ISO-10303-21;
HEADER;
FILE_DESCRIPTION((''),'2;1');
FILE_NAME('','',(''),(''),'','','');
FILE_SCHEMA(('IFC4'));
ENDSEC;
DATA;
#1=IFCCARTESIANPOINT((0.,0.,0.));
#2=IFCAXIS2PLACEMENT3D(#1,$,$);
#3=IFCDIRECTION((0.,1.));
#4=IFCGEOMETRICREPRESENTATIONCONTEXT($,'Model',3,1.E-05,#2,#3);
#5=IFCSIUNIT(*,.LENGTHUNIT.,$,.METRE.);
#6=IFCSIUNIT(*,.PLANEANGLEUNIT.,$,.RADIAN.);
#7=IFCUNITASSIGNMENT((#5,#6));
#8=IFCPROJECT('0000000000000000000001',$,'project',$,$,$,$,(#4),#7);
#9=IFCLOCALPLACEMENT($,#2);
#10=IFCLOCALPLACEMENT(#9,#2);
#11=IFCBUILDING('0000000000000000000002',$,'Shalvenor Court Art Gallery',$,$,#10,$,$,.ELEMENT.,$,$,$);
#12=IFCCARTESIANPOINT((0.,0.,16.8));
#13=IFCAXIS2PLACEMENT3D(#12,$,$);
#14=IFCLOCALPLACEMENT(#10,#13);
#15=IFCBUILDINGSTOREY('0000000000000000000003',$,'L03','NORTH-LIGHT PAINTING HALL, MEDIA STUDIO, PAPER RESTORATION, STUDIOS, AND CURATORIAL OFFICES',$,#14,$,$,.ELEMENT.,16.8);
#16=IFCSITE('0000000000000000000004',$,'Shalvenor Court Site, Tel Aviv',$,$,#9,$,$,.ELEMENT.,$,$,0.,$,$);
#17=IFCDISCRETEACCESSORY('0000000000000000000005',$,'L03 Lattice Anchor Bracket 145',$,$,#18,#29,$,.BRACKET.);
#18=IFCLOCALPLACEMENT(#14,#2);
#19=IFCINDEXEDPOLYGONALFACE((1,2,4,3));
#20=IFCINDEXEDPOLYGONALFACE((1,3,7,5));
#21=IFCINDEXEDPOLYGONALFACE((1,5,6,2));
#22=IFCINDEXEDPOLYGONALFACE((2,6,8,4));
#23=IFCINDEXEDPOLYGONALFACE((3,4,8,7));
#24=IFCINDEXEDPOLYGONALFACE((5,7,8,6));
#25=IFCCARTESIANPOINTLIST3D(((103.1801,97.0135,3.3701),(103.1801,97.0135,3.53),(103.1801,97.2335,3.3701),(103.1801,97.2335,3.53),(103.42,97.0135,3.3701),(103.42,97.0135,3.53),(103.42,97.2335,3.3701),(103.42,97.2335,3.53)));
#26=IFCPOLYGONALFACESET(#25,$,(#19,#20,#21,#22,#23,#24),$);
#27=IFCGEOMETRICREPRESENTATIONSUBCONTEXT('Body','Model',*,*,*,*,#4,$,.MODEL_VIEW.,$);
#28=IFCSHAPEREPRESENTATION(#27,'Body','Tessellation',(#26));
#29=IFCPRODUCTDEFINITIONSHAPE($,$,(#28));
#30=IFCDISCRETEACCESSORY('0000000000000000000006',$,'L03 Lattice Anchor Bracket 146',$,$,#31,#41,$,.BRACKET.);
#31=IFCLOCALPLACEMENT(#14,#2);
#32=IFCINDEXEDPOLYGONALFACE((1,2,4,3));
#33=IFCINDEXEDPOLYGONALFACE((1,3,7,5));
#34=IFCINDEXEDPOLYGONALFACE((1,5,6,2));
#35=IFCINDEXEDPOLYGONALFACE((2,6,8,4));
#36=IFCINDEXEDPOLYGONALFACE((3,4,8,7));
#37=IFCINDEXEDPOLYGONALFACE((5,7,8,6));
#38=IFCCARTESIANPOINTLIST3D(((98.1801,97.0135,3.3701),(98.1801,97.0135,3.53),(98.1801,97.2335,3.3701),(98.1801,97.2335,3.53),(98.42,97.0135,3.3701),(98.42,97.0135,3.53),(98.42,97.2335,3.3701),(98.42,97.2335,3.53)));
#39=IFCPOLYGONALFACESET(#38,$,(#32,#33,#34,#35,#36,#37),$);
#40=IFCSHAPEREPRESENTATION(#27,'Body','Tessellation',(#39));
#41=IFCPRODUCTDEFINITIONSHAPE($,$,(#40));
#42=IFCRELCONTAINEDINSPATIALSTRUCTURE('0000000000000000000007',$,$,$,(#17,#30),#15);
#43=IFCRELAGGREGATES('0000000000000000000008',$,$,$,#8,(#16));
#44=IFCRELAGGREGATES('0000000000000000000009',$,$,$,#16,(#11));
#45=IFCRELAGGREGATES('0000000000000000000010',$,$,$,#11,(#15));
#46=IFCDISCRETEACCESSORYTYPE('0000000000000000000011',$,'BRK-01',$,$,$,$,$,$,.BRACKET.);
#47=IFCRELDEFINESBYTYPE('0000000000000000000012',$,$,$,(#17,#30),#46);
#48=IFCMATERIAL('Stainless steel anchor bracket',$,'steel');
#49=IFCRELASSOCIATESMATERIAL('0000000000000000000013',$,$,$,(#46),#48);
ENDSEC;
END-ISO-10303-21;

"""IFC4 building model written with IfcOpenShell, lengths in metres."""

from ifc_helpers import new_model, si_unit, direction, frame, origin, origin_2d, place, context, subcontext, project, spatial, rectangle, extrude, material, type_object, element, save


model = new_model("IFC4")

# Units and contexts
model_context = context("Model", 3, precision=1e-05, world=origin(), true_north=direction((0.0, 1.0)))
body_context = subcontext(model_context, "Body", "Model", "MODEL_VIEW")
ifc_project = project(units=[si_unit("LENGTHUNIT", "METRE"), si_unit("PLANEANGLEUNIT", "RADIAN")], contexts=[model_context])

# Site, building, storey
site_placement = place(None, origin())
site = spatial("IfcSite", under=ifc_project, at=site_placement, Name="Shalvenor Court Site, Tel Aviv", CompositionType="ELEMENT", RefElevation=0.0)
building_placement = place(site_placement, origin())
building = spatial("IfcBuilding", under=site, at=building_placement, Name="Shalvenor Court Art Gallery", CompositionType="ELEMENT")
storey_placement = place(building_placement, frame((0.0, 0.0, 16.8)))
storey = spatial("IfcBuildingStorey", under=building, at=storey_placement, Name="L03", Description="NORTH-LIGHT PAINTING HALL, MEDIA STUDIO, PAPER RESTORATION, STUDIOS, AND CURATORIAL OFFICES", CompositionType="ELEMENT", Elevation=16.8)

# Discrete accessories
ifc_material_1 = material(Name="Stainless steel anchor bracket", Category="steel")
discrete_accessory_type = type_object("IfcDiscreteAccessoryType", Name="BRK-01", PredefinedType="BRACKET", material=ifc_material_1)
for number, where, z_axis, x_axis, name in (
    (1, (103.3, 97.1235, 3.3701), (0.0, 0.0, 1.0), (-1.0, 0.0, 0.0), "L03 Lattice Anchor Bracket 145"),
    (2, (98.3, 97.1235, 3.3701), (0.0, 0.0, 1.0), (-1.0, 0.0, 0.0), "L03 Lattice Anchor Bracket 146"),
):
    element("IfcDiscreteAccessory", number, at=place(storey_placement, frame(where, z_axis=z_axis, x_axis=x_axis)), inside=storey, type_object=discrete_accessory_type, Name=name, PredefinedType="BRACKET", context=body_context, shape_type="SweptSolid", body=[
        extrude(rectangle(XDim=0.24, YDim=0.22, at=origin_2d()), origin(), (0.0, 0.0, 1.0), 0.1599),
    ])

save(model, "model.ifc")
